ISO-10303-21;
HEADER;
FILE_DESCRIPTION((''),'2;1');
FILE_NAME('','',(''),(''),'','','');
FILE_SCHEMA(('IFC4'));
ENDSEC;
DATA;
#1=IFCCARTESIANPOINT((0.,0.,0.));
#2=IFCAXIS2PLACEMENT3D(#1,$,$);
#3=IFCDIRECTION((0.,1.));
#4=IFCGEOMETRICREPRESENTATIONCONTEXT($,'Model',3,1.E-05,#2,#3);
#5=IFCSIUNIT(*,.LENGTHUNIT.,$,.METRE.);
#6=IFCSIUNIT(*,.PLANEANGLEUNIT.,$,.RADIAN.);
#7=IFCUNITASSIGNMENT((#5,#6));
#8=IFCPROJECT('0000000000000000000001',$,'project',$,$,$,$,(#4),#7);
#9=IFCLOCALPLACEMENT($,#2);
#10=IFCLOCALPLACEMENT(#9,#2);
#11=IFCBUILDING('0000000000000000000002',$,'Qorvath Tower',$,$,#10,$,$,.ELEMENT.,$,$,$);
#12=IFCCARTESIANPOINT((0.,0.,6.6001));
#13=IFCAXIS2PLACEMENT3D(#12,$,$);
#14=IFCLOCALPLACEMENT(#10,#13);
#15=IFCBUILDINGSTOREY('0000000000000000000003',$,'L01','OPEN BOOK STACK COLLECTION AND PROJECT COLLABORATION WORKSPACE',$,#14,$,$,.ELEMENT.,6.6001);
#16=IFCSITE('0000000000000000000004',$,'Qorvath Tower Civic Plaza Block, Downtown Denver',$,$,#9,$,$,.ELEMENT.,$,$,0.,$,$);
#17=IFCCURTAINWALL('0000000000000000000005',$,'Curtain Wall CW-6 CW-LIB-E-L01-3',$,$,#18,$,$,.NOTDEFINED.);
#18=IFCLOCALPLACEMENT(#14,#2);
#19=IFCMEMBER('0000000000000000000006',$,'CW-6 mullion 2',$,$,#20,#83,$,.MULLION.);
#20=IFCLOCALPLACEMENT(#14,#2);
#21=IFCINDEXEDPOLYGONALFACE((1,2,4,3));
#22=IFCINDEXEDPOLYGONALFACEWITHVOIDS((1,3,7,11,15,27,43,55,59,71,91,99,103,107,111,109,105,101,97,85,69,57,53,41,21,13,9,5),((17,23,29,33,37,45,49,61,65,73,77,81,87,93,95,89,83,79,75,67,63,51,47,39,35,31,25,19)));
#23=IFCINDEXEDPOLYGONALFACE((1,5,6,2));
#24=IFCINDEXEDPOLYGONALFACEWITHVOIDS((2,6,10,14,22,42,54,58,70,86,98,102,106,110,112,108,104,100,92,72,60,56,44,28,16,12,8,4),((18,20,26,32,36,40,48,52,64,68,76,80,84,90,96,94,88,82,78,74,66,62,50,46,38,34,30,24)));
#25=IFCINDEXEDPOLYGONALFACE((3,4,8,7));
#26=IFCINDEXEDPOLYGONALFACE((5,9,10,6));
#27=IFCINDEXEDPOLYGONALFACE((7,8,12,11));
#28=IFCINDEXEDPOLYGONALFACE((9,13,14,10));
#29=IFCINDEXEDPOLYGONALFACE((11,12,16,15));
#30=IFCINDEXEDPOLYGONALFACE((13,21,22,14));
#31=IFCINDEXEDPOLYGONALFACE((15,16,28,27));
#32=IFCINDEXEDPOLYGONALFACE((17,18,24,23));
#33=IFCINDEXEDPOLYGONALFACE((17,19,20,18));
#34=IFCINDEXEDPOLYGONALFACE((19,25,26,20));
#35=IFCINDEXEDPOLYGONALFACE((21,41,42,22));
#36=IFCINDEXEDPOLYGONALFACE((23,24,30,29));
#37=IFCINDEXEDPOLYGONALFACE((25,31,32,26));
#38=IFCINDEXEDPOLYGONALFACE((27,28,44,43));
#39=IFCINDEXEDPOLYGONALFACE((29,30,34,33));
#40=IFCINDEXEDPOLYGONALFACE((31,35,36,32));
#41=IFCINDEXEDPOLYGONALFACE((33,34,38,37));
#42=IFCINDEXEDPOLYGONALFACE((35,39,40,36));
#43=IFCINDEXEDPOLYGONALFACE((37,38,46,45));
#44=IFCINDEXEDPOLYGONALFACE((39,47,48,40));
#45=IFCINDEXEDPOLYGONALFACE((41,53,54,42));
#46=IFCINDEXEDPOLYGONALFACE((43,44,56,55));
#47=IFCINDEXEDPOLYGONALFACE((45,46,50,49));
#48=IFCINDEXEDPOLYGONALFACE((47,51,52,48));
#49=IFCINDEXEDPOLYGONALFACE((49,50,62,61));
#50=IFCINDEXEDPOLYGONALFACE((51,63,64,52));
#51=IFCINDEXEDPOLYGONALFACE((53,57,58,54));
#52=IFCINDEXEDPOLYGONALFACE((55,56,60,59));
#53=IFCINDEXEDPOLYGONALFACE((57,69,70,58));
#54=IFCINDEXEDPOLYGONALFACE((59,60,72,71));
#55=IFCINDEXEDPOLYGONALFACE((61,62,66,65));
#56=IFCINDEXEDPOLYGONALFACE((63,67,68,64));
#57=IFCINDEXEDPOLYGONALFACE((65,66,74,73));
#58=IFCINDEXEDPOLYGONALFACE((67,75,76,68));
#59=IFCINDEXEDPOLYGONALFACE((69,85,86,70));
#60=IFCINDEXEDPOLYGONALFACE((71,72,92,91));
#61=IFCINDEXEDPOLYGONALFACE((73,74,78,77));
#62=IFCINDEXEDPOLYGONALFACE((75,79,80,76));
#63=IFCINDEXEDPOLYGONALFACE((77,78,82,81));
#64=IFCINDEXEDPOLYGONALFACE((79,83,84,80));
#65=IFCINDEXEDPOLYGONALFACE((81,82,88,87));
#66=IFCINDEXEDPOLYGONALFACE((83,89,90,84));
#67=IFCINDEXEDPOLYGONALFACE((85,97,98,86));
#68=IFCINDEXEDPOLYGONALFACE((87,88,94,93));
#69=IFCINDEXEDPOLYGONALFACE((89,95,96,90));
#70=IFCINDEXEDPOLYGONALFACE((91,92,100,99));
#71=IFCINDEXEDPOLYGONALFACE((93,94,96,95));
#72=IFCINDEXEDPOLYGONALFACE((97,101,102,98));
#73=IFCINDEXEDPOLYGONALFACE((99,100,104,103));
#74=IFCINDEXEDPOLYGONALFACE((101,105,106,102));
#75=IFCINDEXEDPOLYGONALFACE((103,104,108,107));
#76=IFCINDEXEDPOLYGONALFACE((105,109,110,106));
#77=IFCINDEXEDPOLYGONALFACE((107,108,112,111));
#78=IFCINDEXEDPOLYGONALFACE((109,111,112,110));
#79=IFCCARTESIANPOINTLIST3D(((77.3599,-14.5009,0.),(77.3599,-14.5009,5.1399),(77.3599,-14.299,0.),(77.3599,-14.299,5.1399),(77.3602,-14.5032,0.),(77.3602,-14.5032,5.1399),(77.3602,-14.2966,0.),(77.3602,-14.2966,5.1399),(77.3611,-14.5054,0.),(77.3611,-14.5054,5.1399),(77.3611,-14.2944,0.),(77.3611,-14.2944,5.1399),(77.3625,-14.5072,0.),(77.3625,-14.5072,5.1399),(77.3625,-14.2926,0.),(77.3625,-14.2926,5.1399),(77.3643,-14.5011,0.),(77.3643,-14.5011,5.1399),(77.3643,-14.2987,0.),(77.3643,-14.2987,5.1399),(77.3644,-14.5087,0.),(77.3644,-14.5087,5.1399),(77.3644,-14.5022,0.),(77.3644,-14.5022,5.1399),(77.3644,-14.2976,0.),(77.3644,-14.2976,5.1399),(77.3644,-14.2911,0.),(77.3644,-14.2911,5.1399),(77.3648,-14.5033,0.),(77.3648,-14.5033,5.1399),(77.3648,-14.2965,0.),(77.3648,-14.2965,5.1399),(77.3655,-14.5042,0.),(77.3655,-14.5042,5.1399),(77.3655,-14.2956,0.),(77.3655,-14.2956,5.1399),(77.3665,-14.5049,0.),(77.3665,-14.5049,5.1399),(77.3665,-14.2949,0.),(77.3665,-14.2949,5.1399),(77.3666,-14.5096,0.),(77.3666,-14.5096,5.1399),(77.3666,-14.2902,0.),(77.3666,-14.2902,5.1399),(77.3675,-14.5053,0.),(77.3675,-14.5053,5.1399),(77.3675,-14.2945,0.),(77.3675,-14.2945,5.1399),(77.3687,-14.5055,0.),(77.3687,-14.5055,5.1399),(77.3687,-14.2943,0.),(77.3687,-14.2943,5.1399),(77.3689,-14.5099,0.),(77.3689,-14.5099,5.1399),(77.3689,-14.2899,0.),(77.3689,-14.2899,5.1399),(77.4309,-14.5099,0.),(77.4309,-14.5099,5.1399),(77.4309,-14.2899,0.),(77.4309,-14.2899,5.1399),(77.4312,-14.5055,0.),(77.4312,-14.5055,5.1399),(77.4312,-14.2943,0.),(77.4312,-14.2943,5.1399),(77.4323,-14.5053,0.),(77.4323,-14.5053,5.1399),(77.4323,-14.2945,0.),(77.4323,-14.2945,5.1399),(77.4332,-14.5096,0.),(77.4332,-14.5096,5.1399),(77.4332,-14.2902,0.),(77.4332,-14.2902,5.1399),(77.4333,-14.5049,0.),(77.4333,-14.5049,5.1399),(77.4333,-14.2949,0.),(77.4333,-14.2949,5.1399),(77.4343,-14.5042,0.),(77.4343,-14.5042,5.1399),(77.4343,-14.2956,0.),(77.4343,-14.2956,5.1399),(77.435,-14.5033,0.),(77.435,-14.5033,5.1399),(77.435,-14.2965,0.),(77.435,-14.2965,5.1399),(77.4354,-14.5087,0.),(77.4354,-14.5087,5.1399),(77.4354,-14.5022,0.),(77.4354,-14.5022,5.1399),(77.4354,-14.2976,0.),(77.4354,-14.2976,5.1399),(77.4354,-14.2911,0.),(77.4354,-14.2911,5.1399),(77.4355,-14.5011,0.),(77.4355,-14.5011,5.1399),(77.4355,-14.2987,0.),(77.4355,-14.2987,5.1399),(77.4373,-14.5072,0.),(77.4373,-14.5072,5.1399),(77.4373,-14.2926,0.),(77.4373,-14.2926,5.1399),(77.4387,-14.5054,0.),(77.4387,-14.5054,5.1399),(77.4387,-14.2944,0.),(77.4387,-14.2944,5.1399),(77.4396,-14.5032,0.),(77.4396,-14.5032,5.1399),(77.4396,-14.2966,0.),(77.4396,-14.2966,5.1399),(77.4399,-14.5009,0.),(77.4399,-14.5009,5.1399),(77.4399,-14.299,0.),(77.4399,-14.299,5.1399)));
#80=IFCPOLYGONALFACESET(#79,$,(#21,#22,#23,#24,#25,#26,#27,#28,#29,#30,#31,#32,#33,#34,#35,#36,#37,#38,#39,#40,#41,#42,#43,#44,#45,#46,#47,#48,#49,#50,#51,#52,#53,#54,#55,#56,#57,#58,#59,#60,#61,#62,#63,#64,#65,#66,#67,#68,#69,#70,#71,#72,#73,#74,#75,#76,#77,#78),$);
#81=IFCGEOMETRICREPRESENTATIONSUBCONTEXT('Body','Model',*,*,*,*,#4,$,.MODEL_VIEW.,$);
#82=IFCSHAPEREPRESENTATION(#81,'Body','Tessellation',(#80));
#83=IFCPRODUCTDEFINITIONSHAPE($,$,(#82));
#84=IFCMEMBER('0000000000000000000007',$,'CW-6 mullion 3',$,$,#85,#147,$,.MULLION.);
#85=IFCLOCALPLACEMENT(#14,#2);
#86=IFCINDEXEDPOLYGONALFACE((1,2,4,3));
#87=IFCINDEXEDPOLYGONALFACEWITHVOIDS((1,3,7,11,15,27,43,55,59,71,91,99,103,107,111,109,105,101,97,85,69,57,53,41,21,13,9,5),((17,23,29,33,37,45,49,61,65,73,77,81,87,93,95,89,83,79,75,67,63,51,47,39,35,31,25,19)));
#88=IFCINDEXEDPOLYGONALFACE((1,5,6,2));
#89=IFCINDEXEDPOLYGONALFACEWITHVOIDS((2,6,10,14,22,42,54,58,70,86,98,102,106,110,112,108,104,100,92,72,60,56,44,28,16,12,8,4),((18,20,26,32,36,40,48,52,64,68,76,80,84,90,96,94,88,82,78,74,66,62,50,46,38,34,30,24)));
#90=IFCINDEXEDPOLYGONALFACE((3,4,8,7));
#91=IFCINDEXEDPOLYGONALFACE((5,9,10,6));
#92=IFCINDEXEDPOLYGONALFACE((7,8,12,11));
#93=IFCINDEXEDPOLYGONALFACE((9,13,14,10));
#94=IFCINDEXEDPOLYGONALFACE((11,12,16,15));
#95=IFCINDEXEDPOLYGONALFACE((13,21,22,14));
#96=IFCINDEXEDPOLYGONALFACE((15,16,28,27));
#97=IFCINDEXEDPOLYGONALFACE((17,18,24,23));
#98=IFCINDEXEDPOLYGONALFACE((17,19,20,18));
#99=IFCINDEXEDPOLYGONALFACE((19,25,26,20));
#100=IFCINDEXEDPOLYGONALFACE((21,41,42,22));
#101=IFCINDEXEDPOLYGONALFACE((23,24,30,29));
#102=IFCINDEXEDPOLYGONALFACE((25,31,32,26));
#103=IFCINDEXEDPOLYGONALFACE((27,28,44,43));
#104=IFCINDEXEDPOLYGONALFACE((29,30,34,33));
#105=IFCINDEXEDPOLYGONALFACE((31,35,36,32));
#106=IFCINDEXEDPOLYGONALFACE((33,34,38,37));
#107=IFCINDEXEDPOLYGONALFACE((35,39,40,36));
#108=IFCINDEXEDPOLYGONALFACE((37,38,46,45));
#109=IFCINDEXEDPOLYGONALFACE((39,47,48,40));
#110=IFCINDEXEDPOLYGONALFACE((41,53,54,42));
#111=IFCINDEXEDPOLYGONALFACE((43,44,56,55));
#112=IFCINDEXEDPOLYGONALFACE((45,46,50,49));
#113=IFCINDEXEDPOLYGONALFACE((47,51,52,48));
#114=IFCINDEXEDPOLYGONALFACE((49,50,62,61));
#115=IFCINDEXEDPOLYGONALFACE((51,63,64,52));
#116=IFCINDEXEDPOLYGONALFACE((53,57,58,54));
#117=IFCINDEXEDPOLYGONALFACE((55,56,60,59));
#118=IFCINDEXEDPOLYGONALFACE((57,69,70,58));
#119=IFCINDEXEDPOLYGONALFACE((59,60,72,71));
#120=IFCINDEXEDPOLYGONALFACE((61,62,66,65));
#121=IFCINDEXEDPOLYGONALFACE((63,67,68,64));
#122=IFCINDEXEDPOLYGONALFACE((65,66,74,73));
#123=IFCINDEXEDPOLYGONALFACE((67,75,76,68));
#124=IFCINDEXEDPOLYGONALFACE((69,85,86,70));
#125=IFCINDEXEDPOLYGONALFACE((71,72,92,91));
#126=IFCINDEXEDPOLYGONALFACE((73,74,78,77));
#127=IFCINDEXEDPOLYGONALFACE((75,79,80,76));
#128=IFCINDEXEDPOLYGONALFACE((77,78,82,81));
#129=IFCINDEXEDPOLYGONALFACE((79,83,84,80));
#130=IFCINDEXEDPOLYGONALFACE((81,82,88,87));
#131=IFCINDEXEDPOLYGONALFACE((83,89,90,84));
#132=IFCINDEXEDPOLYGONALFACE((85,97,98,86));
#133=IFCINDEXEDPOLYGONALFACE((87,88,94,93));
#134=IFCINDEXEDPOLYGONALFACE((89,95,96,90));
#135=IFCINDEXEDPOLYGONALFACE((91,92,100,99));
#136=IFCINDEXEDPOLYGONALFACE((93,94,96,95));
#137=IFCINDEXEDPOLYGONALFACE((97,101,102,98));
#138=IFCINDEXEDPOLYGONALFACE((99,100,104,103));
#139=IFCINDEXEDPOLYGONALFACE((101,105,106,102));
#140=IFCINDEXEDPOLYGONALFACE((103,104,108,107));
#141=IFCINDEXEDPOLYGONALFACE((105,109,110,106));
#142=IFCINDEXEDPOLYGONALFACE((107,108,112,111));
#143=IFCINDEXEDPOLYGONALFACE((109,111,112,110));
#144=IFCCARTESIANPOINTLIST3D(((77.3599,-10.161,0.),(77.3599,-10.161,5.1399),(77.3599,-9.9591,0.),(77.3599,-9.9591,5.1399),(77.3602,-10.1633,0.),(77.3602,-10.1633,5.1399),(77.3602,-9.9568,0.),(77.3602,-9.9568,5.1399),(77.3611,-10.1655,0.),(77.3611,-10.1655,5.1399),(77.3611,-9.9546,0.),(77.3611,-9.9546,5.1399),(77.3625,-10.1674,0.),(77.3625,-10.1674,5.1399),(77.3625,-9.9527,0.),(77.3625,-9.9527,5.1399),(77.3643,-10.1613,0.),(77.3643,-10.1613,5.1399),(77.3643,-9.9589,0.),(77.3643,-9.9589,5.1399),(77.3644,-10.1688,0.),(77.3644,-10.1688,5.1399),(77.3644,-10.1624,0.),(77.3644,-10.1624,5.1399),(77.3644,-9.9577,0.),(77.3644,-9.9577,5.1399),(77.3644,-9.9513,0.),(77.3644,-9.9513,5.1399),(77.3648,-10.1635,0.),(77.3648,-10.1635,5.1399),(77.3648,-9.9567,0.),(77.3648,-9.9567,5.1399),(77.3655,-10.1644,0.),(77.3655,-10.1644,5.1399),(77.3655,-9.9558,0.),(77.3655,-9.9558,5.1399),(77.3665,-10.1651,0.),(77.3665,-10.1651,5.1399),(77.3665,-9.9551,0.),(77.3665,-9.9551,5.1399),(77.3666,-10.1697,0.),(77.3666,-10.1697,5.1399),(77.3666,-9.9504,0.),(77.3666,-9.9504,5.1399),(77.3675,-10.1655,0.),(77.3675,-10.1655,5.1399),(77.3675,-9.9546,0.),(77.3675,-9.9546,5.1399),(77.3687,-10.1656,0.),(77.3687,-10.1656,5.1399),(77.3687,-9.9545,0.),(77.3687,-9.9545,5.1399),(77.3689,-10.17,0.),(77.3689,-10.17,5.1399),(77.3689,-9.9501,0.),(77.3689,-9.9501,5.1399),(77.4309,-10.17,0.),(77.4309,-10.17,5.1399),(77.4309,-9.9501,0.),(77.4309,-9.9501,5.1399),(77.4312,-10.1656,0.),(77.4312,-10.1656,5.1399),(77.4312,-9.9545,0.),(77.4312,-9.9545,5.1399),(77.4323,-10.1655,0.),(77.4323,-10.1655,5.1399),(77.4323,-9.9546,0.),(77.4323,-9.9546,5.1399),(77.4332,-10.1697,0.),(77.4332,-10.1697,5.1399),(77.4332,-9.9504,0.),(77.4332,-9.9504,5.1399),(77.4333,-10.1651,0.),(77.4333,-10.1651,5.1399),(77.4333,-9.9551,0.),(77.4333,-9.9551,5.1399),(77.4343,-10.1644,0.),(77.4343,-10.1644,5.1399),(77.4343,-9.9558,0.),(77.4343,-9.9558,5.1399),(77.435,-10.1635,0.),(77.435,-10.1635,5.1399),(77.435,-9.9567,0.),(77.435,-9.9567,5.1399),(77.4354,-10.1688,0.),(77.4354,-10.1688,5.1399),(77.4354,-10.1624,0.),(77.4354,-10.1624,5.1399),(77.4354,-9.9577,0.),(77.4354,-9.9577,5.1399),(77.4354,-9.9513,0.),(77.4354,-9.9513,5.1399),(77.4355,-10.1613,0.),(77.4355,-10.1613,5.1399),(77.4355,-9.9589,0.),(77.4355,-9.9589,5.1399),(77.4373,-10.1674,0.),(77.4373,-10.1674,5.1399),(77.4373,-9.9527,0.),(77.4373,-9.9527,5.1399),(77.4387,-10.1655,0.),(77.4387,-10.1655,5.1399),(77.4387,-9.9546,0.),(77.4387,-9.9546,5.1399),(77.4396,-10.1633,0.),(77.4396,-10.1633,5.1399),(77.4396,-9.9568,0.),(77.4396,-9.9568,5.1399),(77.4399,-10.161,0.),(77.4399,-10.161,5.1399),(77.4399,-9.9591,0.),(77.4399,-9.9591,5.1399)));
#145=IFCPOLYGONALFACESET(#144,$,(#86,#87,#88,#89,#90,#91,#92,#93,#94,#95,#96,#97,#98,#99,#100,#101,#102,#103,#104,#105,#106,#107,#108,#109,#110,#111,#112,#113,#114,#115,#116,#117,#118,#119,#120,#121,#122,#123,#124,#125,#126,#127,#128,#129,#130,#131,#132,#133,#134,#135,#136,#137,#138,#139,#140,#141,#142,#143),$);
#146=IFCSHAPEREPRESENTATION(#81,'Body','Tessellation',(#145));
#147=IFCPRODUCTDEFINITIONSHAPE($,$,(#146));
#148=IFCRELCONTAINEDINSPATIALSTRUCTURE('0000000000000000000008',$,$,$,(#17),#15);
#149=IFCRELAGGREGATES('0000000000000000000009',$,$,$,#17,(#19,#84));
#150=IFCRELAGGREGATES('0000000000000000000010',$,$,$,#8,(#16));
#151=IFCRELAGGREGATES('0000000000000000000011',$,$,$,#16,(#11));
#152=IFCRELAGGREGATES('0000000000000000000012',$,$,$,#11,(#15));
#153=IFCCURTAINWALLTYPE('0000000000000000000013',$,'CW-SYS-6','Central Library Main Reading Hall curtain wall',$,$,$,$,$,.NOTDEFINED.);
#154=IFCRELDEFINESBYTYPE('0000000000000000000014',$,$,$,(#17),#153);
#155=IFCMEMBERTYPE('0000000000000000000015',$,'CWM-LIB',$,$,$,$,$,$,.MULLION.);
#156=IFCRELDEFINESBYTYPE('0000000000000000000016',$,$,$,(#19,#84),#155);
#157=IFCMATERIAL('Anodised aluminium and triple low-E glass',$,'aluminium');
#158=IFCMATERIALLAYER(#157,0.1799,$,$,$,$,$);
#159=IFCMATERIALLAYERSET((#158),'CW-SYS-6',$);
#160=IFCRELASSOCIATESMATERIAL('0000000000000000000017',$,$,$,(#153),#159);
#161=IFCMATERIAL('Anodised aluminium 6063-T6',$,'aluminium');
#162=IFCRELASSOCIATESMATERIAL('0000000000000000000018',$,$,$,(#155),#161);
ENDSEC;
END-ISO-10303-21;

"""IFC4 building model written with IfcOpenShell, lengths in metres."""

from ifc_helpers import new_model, si_unit, direction, frame, origin, origin_2d, place, context, subcontext, project, spatial, hollow_rectangle, extrude, material, layer, layer_set, material_profile, profile_set, type_object, element, aggregate, save


model = new_model("IFC4")

# Units and contexts
model_context = context("Model", 3, precision=1e-05, world=origin(), true_north=direction((0.0, 1.0)))
body_context = subcontext(model_context, "Body", "Model", "MODEL_VIEW")
ifc_project = project(units=[si_unit("LENGTHUNIT", "METRE"), si_unit("PLANEANGLEUNIT", "RADIAN")], contexts=[model_context])

# Site, building, storey
site_placement = place(None, origin())
site = spatial("IfcSite", under=ifc_project, at=site_placement, Name="Qorvath Tower Civic Plaza Block, Downtown Denver", CompositionType="ELEMENT", RefElevation=0.0)
building_placement = place(site_placement, origin())
building = spatial("IfcBuilding", under=site, at=building_placement, Name="Qorvath Tower", CompositionType="ELEMENT")
storey_placement = place(building_placement, frame((0.0, 0.0, 6.6001)))
storey = spatial("IfcBuildingStorey", under=building, at=storey_placement, Name="L01", Description="OPEN BOOK STACK COLLECTION AND PROJECT COLLABORATION WORKSPACE", CompositionType="ELEMENT", Elevation=6.6001)

# Curtain wall, members
ifc_material_1 = material(Name="Anodised aluminium and triple low-E glass", Category="aluminium")
ifc_layer_1 = layer(ifc_material_1, 0.1799)
ifc_layer_set_1 = layer_set([ifc_layer_1], Name="CW-SYS-6")
curtain_wall_type = type_object("IfcCurtainWallType", Name="CW-SYS-6", Description="Central Library Main Reading Hall curtain wall", PredefinedType="NOTDEFINED", material=ifc_layer_set_1)
curtain_wall_1_placement = place(storey_placement, origin())
curtain_wall_1 = element("IfcCurtainWall", 1, at=curtain_wall_1_placement, inside=storey, type_object=curtain_wall_type, Name="Curtain Wall CW-6 CW-LIB-E-L01-3", PredefinedType="NOTDEFINED")
ifc_material_2 = material(Name="Anodised aluminium 6063-T6", Category="aluminium")
ifc_material_profile_1 = material_profile(ifc_material_2, hollow_rectangle(XDim=0.0801, YDim=0.22, WallThickness=0.0044, InnerFilletRadius=0.0044, OuterFilletRadius=0.009, at=origin_2d()), Name="CWM LIB 220x80")
ifc_profile_set_1 = profile_set([ifc_material_profile_1], Name="Anodised aluminium 6063-T6")
member_type_1 = type_object("IfcMemberType", Name="CWM-LIB", PredefinedType="MULLION", material=ifc_profile_set_1)
member_1_placement = place(storey_placement, frame((77.3999, -14.3999, 0.0), z_axis=(0.0, 0.0, 1.0), x_axis=(-1.0, 0.0, 0.0)))
member_1 = element("IfcMember", 2, at=member_1_placement, type_object=member_type_1, Name="CW-6 mullion 2", PredefinedType="MULLION", context=body_context, shape_type="SweptSolid", body=[
    extrude(hollow_rectangle(XDim=0.0801, YDim=0.22, WallThickness=0.0044, InnerFilletRadius=0.0044, OuterFilletRadius=0.009, at=origin_2d()), origin(), (0.0, 0.0, 1.0), 5.1399),
])
member_2_placement = place(storey_placement, frame((77.3999, -10.0601, 0.0), z_axis=(0.0, 0.0, 1.0), x_axis=(-1.0, 0.0, 0.0)))
member_2 = element("IfcMember", 3, at=member_2_placement, type_object=member_type_1, Name="CW-6 mullion 3", PredefinedType="MULLION", context=body_context, shape_type="SweptSolid", body=[
    extrude(hollow_rectangle(XDim=0.0801, YDim=0.22, WallThickness=0.0044, InnerFilletRadius=0.0044, OuterFilletRadius=0.009, at=origin_2d()), origin(), (0.0, 0.0, 1.0), 5.1399),
])

aggregate(curtain_wall_1, [member_1, member_2])

save(model, "model.ifc")
